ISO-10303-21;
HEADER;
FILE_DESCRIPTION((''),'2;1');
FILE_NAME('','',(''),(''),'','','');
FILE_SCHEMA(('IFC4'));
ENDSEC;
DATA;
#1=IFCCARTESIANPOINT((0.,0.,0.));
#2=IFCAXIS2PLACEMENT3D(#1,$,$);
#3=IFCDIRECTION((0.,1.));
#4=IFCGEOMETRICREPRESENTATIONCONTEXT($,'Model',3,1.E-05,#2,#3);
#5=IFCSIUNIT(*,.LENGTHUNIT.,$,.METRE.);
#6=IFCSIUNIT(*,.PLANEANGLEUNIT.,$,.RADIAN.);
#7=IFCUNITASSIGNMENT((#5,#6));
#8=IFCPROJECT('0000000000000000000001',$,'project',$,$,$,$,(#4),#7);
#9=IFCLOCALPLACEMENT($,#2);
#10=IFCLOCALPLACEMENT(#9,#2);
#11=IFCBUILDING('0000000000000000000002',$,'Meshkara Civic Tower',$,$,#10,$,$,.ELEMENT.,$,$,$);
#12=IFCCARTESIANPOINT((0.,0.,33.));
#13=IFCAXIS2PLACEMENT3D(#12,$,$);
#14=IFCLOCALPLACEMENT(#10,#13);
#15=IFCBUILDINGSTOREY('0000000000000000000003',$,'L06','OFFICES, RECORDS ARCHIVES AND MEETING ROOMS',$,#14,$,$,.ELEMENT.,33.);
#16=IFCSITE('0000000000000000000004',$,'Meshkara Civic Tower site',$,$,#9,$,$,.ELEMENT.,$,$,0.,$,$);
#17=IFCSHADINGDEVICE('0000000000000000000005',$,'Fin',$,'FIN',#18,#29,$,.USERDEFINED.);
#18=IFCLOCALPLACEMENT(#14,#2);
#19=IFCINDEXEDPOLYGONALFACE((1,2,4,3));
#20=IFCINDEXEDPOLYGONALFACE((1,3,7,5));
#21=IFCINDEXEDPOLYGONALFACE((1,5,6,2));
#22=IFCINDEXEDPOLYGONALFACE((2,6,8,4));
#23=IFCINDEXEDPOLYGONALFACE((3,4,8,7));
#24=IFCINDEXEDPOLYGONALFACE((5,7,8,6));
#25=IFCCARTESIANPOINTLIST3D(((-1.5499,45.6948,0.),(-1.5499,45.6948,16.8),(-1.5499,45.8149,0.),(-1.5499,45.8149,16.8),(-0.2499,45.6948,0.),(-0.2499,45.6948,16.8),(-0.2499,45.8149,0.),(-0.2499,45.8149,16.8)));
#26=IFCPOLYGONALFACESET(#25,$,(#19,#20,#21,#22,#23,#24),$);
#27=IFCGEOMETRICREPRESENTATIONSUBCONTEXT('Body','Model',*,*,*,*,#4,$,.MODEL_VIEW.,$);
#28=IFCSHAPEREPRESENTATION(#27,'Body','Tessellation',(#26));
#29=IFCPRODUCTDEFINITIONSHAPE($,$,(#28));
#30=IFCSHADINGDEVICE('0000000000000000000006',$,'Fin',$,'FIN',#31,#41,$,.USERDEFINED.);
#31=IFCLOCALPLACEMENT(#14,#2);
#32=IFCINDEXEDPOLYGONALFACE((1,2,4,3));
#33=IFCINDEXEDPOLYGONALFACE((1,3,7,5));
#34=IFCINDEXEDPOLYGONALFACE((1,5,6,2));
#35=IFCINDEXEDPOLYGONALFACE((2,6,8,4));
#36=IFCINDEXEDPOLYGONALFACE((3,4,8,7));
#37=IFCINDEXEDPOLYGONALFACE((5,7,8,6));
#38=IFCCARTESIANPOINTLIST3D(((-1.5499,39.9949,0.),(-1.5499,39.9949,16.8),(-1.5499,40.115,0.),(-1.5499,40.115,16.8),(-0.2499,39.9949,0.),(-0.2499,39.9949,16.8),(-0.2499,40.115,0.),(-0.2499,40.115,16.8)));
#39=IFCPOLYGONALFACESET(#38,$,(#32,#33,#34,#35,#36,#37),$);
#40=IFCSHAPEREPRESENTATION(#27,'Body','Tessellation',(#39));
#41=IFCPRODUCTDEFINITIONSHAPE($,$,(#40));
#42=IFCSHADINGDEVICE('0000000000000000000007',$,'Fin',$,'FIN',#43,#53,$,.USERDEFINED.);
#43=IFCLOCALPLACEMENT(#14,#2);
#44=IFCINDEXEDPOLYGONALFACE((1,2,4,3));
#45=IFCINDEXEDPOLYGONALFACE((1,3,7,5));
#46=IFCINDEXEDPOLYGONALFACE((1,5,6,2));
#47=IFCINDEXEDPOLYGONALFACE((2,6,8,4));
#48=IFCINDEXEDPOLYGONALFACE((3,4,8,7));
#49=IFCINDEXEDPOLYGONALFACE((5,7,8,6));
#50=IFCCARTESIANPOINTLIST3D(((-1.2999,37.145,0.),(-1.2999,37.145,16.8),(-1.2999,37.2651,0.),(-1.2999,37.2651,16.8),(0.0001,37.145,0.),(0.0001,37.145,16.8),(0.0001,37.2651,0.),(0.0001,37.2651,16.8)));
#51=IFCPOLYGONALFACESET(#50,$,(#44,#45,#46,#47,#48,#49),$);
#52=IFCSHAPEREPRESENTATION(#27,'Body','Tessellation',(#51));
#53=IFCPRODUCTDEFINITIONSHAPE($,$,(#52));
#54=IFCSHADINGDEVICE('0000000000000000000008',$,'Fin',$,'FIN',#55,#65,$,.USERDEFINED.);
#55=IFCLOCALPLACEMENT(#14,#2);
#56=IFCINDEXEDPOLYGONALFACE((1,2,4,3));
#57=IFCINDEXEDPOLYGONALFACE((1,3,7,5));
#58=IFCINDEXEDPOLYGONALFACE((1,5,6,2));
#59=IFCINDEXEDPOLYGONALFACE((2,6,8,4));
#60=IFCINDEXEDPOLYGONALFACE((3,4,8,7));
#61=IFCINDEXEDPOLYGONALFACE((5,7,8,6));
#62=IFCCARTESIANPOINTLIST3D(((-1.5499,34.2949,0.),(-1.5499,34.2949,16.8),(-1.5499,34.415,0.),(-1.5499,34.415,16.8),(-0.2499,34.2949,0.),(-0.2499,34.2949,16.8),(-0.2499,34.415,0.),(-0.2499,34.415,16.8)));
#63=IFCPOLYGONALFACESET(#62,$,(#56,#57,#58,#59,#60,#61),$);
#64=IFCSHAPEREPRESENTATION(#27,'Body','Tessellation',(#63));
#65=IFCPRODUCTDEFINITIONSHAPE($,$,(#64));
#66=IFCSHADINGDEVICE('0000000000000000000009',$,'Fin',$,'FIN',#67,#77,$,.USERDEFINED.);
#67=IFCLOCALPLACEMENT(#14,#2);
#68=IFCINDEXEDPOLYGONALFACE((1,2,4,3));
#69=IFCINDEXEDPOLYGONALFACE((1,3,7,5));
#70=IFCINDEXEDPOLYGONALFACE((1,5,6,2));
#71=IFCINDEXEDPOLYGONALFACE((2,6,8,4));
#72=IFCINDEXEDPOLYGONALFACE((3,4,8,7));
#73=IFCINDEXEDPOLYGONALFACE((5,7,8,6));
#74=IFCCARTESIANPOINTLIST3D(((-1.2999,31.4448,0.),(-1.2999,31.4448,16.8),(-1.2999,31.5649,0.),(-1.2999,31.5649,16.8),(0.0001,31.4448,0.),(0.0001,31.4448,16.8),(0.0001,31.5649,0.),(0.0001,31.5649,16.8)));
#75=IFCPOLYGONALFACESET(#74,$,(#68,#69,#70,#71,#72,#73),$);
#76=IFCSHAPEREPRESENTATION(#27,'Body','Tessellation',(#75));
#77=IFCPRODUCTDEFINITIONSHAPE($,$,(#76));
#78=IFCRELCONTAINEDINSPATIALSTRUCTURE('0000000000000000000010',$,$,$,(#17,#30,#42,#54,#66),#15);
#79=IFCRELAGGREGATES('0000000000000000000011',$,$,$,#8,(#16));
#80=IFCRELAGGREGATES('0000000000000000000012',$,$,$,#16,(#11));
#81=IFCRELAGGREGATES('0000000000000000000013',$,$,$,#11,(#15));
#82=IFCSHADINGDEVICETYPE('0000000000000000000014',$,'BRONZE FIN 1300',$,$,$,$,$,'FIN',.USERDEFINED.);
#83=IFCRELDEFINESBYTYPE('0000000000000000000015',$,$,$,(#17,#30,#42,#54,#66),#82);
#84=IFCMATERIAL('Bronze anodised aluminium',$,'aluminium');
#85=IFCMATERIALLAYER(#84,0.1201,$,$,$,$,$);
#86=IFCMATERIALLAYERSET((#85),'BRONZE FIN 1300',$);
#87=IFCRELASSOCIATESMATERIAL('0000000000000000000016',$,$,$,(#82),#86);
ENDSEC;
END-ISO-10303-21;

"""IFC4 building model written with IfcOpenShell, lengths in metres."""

from ifc_helpers import new_model, si_unit, direction, frame, origin, origin_2d, place, context, subcontext, project, spatial, rectangle, extrude, material, layer, layer_set, type_object, element, save


model = new_model("IFC4")

# Units and contexts
model_context = context("Model", 3, precision=1e-05, world=origin(), true_north=direction((0.0, 1.0)))
body_context = subcontext(model_context, "Body", "Model", "MODEL_VIEW")
ifc_project = project(units=[si_unit("LENGTHUNIT", "METRE"), si_unit("PLANEANGLEUNIT", "RADIAN")], contexts=[model_context])

# Site, building, storey
site_placement = place(None, origin())
site = spatial("IfcSite", under=ifc_project, at=site_placement, Name="Meshkara Civic Tower site", CompositionType="ELEMENT", RefElevation=0.0)
building_placement = place(site_placement, origin())
building = spatial("IfcBuilding", under=site, at=building_placement, Name="Meshkara Civic Tower", CompositionType="ELEMENT")
storey_placement = place(building_placement, frame((0.0, 0.0, 33.0)))
storey = spatial("IfcBuildingStorey", under=building, at=storey_placement, Name="L06", Description="OFFICES, RECORDS ARCHIVES AND MEETING ROOMS", CompositionType="ELEMENT", Elevation=33.0)

# Shading devices
ifc_material_1 = material(Name="Bronze anodised aluminium", Category="aluminium")
ifc_layer_1 = layer(ifc_material_1, 0.1201)
ifc_layer_set_1 = layer_set([ifc_layer_1], Name="BRONZE FIN 1300")
shading_device_type = type_object("IfcShadingDeviceType", Name="BRONZE FIN 1300", ElementType="FIN", PredefinedType="USERDEFINED", material=ifc_layer_set_1)
for number, where, z_axis, x_axis, name in (
    (1, (-0.8999, 45.7549, 0.0), (0.0, 0.0, 1.0), (0.0, -1.0, 0.0), "Fin"),
    (2, (-0.8999, 40.0549, 0.0), (0.0, 0.0, 1.0), (0.0, -1.0, 0.0), "Fin"),
    (3, (-0.6499, 37.2051, 0.0), (0.0, 0.0, 1.0), (0.0, -1.0, 0.0), "Fin"),
    (4, (-0.8999, 34.355, 0.0), (0.0, 0.0, 1.0), (0.0, -1.0, 0.0), "Fin"),
    (5, (-0.6499, 31.5049, 0.0), (0.0, 0.0, 1.0), (0.0, -1.0, 0.0), "Fin"),
):
    element("IfcShadingDevice", number, at=place(storey_placement, frame(where, z_axis=z_axis, x_axis=x_axis)), inside=storey, type_object=shading_device_type, Name=name, ObjectType="FIN", PredefinedType="USERDEFINED", context=body_context, shape_type="SweptSolid", body=[
        extrude(rectangle(XDim=0.1201, YDim=1.3, at=origin_2d()), origin(), (0.0, 0.0, 1.0), 16.8),
    ])

save(model, "model.ifc")
